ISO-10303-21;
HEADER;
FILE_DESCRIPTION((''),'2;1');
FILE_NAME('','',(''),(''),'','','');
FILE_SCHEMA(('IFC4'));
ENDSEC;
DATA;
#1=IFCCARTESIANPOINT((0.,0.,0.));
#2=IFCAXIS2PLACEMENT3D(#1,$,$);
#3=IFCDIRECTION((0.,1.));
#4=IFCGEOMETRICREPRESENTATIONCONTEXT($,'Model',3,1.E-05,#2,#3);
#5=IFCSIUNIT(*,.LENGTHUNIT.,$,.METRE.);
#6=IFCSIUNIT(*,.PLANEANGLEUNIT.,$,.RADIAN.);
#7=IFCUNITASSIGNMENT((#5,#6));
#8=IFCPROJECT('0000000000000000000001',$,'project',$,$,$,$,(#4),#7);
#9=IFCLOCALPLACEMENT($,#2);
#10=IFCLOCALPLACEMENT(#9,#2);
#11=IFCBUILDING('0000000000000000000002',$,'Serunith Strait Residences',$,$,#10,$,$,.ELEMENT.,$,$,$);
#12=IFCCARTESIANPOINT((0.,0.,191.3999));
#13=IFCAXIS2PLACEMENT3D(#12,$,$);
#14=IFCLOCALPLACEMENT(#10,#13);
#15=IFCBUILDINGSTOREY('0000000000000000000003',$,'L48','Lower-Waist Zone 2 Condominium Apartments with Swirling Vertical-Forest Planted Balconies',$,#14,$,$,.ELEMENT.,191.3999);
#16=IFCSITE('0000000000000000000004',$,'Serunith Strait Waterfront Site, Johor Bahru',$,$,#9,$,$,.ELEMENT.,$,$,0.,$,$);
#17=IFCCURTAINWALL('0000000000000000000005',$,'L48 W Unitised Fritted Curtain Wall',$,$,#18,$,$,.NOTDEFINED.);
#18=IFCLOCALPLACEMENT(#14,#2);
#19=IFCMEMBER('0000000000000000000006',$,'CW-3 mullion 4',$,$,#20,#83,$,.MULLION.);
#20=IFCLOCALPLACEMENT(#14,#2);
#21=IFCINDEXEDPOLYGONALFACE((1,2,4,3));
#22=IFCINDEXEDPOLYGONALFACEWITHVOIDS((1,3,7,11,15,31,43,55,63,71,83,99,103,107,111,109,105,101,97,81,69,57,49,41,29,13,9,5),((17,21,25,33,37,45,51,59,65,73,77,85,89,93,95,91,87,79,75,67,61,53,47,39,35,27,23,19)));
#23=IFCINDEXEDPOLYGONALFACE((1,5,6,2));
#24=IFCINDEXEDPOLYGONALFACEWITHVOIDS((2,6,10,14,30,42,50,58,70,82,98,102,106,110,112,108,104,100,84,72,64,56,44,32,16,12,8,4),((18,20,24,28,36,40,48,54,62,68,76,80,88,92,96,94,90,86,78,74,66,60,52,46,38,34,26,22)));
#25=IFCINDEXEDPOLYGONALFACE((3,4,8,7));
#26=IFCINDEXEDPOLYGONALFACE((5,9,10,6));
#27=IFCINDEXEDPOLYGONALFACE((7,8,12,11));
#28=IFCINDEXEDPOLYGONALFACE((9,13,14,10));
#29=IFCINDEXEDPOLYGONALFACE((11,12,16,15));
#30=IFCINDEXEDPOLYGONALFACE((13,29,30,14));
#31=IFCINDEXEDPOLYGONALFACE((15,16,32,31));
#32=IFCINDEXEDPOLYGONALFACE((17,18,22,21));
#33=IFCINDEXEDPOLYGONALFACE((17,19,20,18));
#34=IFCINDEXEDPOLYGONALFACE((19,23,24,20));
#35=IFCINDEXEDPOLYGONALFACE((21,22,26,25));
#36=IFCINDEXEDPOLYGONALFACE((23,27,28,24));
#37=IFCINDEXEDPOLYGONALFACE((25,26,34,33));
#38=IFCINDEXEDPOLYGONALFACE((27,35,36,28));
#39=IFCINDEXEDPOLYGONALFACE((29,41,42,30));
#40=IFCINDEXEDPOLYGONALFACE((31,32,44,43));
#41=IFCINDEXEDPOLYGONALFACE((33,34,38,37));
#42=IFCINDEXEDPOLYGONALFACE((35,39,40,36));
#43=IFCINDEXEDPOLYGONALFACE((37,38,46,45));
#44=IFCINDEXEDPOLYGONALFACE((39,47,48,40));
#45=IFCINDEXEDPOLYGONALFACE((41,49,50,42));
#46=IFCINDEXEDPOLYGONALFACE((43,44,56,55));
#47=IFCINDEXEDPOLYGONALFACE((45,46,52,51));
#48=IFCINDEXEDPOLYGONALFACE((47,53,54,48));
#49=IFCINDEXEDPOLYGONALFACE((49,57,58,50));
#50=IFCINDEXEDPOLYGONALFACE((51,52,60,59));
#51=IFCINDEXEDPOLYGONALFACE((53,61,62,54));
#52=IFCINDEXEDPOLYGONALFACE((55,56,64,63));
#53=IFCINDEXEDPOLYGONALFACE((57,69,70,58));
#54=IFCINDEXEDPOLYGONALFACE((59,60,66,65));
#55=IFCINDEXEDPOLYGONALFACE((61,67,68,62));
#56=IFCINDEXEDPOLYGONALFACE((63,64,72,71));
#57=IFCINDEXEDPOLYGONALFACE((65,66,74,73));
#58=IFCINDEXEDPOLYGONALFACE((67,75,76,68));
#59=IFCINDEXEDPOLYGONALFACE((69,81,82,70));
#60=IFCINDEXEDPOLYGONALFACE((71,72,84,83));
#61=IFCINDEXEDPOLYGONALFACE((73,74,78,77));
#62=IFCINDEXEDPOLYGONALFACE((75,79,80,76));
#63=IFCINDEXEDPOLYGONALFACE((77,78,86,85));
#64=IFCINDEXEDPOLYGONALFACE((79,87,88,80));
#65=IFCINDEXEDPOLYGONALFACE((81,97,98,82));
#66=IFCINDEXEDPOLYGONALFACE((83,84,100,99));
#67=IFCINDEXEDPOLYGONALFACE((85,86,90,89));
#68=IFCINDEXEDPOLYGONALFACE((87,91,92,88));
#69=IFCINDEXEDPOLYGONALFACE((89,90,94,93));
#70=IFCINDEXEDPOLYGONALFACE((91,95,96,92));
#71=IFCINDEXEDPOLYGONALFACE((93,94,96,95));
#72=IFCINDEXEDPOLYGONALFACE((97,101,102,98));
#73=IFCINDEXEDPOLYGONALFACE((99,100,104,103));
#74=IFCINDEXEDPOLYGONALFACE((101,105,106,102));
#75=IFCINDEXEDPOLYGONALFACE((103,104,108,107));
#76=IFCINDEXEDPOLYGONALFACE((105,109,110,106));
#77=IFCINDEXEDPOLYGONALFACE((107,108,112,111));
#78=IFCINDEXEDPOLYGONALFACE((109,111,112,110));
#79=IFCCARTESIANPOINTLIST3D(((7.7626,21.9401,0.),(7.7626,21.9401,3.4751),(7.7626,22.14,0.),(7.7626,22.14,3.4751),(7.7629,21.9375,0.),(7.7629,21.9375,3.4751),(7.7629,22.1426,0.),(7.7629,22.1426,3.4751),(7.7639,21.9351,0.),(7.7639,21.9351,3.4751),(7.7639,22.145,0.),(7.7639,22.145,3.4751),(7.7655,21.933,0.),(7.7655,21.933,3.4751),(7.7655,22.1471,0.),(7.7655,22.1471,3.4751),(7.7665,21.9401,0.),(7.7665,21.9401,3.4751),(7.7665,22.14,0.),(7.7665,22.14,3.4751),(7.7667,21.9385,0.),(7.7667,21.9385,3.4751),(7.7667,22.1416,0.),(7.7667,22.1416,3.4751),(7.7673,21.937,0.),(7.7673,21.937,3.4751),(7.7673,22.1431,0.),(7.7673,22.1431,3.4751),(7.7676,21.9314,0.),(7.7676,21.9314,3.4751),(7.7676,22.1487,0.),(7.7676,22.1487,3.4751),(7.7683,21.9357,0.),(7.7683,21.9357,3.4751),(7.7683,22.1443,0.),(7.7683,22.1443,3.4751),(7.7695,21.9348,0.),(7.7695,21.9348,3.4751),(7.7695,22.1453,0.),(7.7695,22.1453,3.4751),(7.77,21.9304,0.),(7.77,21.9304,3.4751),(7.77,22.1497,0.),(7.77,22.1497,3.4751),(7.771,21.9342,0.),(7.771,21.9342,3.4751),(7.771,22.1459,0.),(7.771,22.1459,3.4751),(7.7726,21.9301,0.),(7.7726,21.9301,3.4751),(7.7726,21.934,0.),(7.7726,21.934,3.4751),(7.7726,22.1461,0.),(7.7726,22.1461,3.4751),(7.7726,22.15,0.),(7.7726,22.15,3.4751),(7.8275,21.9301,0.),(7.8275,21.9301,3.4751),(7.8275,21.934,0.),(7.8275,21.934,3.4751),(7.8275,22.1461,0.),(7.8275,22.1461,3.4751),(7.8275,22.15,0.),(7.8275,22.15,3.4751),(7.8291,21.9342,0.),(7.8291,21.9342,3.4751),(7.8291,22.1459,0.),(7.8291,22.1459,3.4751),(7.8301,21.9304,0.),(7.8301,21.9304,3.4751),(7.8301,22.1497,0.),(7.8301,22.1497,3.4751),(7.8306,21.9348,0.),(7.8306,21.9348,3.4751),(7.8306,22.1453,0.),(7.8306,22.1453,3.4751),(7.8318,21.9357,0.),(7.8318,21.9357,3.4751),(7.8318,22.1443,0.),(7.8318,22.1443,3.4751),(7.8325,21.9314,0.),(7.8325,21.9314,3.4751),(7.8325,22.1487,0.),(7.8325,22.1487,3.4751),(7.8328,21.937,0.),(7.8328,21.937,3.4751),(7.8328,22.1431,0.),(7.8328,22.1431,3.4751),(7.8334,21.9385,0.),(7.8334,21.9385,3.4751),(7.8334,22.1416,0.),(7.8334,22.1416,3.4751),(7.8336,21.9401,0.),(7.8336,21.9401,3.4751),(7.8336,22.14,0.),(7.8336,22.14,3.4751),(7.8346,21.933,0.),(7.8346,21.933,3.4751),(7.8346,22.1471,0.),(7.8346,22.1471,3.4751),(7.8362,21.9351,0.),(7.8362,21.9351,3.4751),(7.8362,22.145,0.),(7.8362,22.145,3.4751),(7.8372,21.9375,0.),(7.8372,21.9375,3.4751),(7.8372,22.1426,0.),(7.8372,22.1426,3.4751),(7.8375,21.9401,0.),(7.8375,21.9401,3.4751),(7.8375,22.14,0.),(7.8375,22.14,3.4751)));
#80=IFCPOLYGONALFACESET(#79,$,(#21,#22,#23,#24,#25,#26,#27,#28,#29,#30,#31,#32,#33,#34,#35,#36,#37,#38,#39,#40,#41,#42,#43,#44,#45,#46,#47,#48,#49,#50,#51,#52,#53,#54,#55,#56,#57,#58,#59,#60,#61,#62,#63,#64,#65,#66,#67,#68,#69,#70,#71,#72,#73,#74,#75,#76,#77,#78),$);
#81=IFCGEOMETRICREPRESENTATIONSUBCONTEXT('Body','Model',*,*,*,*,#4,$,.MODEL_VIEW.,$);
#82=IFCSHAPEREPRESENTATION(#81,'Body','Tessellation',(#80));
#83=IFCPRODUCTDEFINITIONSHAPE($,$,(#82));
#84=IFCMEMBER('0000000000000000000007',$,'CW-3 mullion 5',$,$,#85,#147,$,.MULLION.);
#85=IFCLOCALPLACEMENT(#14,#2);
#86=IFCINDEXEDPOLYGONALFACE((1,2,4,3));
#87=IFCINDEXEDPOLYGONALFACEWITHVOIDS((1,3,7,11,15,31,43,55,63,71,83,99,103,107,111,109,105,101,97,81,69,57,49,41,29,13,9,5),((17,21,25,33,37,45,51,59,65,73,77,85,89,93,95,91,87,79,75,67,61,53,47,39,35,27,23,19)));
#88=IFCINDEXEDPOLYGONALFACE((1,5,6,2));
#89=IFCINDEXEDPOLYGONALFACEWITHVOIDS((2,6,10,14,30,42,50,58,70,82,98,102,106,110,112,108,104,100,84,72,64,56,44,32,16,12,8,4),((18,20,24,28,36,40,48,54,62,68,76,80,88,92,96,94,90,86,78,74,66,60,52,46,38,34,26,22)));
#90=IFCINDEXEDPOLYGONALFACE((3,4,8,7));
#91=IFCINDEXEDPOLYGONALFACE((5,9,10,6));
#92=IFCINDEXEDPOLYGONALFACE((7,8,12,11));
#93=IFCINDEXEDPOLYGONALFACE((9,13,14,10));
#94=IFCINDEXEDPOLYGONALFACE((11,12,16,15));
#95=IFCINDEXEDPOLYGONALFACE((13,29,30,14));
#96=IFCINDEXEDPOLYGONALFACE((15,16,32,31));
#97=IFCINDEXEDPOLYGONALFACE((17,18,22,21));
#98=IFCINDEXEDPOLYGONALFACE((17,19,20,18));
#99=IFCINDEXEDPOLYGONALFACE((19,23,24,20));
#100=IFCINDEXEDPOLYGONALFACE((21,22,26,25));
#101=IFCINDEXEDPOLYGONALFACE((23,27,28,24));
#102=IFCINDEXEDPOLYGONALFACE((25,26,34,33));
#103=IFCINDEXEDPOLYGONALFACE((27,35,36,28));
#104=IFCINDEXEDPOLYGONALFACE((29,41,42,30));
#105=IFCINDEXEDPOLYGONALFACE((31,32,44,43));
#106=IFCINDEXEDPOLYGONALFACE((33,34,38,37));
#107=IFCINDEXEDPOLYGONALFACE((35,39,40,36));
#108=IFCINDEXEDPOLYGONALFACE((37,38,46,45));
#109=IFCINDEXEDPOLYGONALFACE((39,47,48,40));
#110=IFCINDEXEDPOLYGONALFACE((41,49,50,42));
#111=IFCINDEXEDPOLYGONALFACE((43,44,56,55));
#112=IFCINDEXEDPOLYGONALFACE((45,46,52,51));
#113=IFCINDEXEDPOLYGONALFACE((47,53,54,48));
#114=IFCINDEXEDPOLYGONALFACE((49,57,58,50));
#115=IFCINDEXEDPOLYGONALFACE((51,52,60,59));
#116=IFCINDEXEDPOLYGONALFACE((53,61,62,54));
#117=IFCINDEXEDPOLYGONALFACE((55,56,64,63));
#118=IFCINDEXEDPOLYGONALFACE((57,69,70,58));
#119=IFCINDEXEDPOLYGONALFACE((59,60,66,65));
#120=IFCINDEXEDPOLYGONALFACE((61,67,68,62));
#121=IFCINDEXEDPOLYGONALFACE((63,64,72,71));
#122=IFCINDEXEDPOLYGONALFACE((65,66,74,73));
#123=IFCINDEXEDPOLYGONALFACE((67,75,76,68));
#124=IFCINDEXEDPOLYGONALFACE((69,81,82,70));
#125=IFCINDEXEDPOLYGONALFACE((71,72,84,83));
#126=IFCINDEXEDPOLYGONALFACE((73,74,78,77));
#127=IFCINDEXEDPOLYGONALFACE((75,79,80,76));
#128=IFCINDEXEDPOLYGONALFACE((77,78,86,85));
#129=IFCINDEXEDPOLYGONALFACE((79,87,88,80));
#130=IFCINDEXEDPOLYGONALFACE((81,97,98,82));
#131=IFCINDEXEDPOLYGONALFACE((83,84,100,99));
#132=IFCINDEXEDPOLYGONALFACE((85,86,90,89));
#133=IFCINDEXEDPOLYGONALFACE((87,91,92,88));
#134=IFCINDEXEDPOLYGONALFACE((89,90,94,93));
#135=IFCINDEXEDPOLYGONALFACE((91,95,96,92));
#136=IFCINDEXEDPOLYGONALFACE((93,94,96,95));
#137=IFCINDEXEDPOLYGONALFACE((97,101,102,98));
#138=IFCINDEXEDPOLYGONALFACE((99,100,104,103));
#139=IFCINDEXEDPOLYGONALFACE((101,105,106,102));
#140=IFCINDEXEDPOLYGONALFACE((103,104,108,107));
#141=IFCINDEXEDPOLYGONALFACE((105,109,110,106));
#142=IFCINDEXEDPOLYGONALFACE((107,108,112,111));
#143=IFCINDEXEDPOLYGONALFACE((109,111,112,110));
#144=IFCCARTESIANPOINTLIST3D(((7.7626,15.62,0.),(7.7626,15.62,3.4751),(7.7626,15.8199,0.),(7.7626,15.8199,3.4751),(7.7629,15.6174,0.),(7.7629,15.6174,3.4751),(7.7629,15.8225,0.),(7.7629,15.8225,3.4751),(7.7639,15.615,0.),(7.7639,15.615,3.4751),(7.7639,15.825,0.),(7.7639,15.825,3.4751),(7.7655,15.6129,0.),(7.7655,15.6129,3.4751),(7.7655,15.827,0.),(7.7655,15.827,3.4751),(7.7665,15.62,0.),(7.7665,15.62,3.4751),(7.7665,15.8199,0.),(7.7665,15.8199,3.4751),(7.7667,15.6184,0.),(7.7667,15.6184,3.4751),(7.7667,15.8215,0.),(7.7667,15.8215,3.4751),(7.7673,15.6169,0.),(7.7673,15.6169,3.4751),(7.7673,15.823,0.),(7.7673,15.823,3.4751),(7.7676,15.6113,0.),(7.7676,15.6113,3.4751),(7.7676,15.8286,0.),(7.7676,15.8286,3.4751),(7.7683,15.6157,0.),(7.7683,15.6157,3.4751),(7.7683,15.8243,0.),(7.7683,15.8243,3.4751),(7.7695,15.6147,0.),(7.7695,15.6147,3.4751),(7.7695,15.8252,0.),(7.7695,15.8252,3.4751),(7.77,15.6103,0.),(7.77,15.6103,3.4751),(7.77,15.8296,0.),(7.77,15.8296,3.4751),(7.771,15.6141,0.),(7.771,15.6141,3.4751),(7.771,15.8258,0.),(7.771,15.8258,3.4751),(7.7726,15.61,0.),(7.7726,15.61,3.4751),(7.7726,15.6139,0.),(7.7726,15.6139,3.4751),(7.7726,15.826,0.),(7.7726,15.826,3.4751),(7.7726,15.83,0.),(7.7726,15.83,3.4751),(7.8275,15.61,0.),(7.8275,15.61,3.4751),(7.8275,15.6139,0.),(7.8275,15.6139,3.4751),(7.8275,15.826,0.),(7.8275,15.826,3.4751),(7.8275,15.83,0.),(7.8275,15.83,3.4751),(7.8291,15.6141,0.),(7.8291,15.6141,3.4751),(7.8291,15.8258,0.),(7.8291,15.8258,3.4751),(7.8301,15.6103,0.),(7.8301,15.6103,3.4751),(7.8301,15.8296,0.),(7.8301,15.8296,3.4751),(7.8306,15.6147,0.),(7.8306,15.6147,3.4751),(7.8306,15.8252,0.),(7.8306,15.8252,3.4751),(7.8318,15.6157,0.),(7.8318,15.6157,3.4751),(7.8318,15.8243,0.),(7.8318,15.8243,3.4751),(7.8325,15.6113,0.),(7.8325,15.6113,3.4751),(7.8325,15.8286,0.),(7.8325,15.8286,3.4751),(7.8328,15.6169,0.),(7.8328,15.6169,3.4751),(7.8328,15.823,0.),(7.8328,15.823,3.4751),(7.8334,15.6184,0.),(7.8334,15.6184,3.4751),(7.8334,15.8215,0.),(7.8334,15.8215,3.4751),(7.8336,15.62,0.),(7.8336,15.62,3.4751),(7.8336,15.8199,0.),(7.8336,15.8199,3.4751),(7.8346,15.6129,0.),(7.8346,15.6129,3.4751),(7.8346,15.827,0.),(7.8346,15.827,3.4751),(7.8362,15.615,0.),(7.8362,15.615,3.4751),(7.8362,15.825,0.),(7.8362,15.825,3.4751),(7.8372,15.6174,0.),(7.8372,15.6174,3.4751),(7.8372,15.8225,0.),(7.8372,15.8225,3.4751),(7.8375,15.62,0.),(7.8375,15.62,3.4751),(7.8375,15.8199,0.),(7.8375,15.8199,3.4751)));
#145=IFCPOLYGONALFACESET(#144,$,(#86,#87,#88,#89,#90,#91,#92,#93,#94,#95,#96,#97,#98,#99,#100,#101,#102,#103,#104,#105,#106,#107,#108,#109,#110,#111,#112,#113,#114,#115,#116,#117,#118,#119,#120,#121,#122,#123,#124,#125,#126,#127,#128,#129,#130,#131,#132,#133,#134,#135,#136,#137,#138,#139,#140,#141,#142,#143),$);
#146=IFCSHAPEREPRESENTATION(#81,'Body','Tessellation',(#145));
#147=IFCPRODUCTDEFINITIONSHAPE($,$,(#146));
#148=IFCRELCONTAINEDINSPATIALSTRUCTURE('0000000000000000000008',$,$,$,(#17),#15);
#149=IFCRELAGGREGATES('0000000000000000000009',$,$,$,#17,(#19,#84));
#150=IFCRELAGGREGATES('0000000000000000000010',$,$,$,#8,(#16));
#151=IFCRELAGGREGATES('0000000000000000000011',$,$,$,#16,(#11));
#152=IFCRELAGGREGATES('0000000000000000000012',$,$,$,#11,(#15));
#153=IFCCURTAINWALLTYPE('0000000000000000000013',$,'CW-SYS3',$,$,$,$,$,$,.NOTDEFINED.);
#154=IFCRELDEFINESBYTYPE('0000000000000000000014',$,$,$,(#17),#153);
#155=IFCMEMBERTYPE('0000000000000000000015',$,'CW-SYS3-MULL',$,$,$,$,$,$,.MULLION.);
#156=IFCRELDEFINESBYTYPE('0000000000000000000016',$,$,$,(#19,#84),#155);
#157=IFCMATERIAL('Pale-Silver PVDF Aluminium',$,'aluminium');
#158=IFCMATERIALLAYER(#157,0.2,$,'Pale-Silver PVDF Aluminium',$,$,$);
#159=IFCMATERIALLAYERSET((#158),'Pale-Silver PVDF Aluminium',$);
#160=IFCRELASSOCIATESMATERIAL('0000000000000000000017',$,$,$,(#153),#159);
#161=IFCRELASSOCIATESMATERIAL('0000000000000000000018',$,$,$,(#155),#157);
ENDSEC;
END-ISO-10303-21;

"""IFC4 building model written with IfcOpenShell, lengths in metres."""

from ifc_helpers import new_model, si_unit, direction, frame, origin, origin_2d, place, context, subcontext, project, spatial, hollow_rectangle, extrude, source, transform, mapped, material, layer, layer_set, material_profile, profile_set, type_object, element, aggregate, save


model = new_model("IFC4")

# Units and contexts
model_context = context("Model", 3, precision=1e-05, world=origin(), true_north=direction((0.0, 1.0)))
body_context = subcontext(model_context, "Body", "Model", "MODEL_VIEW")
ifc_project = project(units=[si_unit("LENGTHUNIT", "METRE"), si_unit("PLANEANGLEUNIT", "RADIAN")], contexts=[model_context])

# Site, building, storey
site_placement = place(None, origin())
site = spatial("IfcSite", under=ifc_project, at=site_placement, Name="Serunith Strait Waterfront Site, Johor Bahru", CompositionType="ELEMENT", RefElevation=0.0)
building_placement = place(site_placement, origin())
building = spatial("IfcBuilding", under=site, at=building_placement, Name="Serunith Strait Residences", CompositionType="ELEMENT")
storey_placement = place(building_placement, frame((0.0, 0.0, 191.3999)))
storey = spatial("IfcBuildingStorey", under=building, at=storey_placement, Name="L48", Description="Lower-Waist Zone 2 Condominium Apartments with Swirling Vertical-Forest Planted Balconies", CompositionType="ELEMENT", Elevation=191.3999)

# Curtain wall, members
ifc_material_1 = material(Name="Pale-Silver PVDF Aluminium", Category="aluminium")
ifc_layer_1 = layer(ifc_material_1, 0.2, Name="Pale-Silver PVDF Aluminium")
ifc_layer_set_1 = layer_set([ifc_layer_1], Name="Pale-Silver PVDF Aluminium")
curtain_wall_type = type_object("IfcCurtainWallType", Name="CW-SYS3", PredefinedType="NOTDEFINED", material=ifc_layer_set_1)
curtain_wall_placement = place(storey_placement, origin())
curtain_wall = element("IfcCurtainWall", 1, at=curtain_wall_placement, inside=storey, type_object=curtain_wall_type, Name="L48 W Unitised Fritted Curtain Wall", PredefinedType="NOTDEFINED")
ifc_material_profile_1 = material_profile(ifc_material_1, hollow_rectangle(XDim=0.075, YDim=0.22, WallThickness=0.0039, InnerFilletRadius=0.0061, OuterFilletRadius=0.01, at=origin_2d()), Name="ALU 220x75x4")
ifc_profile_set_1 = profile_set([ifc_material_profile_1], Name="Pale-Silver PVDF Aluminium")
member_type_1 = type_object("IfcMemberType", Name="CW-SYS3-MULL", PredefinedType="MULLION", material=ifc_profile_set_1)
shared_shape_1 = source(origin(), body_context, "Body", "SweptSolid", [
    extrude(hollow_rectangle(XDim=0.075, YDim=0.22, WallThickness=0.0039, InnerFilletRadius=0.0061, OuterFilletRadius=0.01, at=origin_2d()), origin(), (0.0, 0.0, 1.0), 3.4751),
])
member_1_placement = place(storey_placement, frame((7.8, 22.04, 0.0), z_axis=(0.0, 0.0, 1.0), x_axis=(1.0, 0.0, 0.0)))
member_1 = element("IfcMember", 2, at=member_1_placement, type_object=member_type_1, Name="CW-3 mullion 4", PredefinedType="MULLION", context=body_context, shape_type="MappedRepresentation", body=[
    mapped(shared_shape_1, transform((0.0, 0.0, 0.0), scale=1.0)),
])
member_2_placement = place(storey_placement, frame((7.8, 15.72, 0.0), z_axis=(0.0, 0.0, 1.0), x_axis=(1.0, 0.0, 0.0)))
member_2 = element("IfcMember", 3, at=member_2_placement, type_object=member_type_1, Name="CW-3 mullion 5", PredefinedType="MULLION", context=body_context, shape_type="MappedRepresentation", body=[
    mapped(shared_shape_1, transform((0.0, 0.0, 0.0), scale=1.0)),
])
aggregate(curtain_wall, [member_1, member_2])

save(model, "model.ifc")
